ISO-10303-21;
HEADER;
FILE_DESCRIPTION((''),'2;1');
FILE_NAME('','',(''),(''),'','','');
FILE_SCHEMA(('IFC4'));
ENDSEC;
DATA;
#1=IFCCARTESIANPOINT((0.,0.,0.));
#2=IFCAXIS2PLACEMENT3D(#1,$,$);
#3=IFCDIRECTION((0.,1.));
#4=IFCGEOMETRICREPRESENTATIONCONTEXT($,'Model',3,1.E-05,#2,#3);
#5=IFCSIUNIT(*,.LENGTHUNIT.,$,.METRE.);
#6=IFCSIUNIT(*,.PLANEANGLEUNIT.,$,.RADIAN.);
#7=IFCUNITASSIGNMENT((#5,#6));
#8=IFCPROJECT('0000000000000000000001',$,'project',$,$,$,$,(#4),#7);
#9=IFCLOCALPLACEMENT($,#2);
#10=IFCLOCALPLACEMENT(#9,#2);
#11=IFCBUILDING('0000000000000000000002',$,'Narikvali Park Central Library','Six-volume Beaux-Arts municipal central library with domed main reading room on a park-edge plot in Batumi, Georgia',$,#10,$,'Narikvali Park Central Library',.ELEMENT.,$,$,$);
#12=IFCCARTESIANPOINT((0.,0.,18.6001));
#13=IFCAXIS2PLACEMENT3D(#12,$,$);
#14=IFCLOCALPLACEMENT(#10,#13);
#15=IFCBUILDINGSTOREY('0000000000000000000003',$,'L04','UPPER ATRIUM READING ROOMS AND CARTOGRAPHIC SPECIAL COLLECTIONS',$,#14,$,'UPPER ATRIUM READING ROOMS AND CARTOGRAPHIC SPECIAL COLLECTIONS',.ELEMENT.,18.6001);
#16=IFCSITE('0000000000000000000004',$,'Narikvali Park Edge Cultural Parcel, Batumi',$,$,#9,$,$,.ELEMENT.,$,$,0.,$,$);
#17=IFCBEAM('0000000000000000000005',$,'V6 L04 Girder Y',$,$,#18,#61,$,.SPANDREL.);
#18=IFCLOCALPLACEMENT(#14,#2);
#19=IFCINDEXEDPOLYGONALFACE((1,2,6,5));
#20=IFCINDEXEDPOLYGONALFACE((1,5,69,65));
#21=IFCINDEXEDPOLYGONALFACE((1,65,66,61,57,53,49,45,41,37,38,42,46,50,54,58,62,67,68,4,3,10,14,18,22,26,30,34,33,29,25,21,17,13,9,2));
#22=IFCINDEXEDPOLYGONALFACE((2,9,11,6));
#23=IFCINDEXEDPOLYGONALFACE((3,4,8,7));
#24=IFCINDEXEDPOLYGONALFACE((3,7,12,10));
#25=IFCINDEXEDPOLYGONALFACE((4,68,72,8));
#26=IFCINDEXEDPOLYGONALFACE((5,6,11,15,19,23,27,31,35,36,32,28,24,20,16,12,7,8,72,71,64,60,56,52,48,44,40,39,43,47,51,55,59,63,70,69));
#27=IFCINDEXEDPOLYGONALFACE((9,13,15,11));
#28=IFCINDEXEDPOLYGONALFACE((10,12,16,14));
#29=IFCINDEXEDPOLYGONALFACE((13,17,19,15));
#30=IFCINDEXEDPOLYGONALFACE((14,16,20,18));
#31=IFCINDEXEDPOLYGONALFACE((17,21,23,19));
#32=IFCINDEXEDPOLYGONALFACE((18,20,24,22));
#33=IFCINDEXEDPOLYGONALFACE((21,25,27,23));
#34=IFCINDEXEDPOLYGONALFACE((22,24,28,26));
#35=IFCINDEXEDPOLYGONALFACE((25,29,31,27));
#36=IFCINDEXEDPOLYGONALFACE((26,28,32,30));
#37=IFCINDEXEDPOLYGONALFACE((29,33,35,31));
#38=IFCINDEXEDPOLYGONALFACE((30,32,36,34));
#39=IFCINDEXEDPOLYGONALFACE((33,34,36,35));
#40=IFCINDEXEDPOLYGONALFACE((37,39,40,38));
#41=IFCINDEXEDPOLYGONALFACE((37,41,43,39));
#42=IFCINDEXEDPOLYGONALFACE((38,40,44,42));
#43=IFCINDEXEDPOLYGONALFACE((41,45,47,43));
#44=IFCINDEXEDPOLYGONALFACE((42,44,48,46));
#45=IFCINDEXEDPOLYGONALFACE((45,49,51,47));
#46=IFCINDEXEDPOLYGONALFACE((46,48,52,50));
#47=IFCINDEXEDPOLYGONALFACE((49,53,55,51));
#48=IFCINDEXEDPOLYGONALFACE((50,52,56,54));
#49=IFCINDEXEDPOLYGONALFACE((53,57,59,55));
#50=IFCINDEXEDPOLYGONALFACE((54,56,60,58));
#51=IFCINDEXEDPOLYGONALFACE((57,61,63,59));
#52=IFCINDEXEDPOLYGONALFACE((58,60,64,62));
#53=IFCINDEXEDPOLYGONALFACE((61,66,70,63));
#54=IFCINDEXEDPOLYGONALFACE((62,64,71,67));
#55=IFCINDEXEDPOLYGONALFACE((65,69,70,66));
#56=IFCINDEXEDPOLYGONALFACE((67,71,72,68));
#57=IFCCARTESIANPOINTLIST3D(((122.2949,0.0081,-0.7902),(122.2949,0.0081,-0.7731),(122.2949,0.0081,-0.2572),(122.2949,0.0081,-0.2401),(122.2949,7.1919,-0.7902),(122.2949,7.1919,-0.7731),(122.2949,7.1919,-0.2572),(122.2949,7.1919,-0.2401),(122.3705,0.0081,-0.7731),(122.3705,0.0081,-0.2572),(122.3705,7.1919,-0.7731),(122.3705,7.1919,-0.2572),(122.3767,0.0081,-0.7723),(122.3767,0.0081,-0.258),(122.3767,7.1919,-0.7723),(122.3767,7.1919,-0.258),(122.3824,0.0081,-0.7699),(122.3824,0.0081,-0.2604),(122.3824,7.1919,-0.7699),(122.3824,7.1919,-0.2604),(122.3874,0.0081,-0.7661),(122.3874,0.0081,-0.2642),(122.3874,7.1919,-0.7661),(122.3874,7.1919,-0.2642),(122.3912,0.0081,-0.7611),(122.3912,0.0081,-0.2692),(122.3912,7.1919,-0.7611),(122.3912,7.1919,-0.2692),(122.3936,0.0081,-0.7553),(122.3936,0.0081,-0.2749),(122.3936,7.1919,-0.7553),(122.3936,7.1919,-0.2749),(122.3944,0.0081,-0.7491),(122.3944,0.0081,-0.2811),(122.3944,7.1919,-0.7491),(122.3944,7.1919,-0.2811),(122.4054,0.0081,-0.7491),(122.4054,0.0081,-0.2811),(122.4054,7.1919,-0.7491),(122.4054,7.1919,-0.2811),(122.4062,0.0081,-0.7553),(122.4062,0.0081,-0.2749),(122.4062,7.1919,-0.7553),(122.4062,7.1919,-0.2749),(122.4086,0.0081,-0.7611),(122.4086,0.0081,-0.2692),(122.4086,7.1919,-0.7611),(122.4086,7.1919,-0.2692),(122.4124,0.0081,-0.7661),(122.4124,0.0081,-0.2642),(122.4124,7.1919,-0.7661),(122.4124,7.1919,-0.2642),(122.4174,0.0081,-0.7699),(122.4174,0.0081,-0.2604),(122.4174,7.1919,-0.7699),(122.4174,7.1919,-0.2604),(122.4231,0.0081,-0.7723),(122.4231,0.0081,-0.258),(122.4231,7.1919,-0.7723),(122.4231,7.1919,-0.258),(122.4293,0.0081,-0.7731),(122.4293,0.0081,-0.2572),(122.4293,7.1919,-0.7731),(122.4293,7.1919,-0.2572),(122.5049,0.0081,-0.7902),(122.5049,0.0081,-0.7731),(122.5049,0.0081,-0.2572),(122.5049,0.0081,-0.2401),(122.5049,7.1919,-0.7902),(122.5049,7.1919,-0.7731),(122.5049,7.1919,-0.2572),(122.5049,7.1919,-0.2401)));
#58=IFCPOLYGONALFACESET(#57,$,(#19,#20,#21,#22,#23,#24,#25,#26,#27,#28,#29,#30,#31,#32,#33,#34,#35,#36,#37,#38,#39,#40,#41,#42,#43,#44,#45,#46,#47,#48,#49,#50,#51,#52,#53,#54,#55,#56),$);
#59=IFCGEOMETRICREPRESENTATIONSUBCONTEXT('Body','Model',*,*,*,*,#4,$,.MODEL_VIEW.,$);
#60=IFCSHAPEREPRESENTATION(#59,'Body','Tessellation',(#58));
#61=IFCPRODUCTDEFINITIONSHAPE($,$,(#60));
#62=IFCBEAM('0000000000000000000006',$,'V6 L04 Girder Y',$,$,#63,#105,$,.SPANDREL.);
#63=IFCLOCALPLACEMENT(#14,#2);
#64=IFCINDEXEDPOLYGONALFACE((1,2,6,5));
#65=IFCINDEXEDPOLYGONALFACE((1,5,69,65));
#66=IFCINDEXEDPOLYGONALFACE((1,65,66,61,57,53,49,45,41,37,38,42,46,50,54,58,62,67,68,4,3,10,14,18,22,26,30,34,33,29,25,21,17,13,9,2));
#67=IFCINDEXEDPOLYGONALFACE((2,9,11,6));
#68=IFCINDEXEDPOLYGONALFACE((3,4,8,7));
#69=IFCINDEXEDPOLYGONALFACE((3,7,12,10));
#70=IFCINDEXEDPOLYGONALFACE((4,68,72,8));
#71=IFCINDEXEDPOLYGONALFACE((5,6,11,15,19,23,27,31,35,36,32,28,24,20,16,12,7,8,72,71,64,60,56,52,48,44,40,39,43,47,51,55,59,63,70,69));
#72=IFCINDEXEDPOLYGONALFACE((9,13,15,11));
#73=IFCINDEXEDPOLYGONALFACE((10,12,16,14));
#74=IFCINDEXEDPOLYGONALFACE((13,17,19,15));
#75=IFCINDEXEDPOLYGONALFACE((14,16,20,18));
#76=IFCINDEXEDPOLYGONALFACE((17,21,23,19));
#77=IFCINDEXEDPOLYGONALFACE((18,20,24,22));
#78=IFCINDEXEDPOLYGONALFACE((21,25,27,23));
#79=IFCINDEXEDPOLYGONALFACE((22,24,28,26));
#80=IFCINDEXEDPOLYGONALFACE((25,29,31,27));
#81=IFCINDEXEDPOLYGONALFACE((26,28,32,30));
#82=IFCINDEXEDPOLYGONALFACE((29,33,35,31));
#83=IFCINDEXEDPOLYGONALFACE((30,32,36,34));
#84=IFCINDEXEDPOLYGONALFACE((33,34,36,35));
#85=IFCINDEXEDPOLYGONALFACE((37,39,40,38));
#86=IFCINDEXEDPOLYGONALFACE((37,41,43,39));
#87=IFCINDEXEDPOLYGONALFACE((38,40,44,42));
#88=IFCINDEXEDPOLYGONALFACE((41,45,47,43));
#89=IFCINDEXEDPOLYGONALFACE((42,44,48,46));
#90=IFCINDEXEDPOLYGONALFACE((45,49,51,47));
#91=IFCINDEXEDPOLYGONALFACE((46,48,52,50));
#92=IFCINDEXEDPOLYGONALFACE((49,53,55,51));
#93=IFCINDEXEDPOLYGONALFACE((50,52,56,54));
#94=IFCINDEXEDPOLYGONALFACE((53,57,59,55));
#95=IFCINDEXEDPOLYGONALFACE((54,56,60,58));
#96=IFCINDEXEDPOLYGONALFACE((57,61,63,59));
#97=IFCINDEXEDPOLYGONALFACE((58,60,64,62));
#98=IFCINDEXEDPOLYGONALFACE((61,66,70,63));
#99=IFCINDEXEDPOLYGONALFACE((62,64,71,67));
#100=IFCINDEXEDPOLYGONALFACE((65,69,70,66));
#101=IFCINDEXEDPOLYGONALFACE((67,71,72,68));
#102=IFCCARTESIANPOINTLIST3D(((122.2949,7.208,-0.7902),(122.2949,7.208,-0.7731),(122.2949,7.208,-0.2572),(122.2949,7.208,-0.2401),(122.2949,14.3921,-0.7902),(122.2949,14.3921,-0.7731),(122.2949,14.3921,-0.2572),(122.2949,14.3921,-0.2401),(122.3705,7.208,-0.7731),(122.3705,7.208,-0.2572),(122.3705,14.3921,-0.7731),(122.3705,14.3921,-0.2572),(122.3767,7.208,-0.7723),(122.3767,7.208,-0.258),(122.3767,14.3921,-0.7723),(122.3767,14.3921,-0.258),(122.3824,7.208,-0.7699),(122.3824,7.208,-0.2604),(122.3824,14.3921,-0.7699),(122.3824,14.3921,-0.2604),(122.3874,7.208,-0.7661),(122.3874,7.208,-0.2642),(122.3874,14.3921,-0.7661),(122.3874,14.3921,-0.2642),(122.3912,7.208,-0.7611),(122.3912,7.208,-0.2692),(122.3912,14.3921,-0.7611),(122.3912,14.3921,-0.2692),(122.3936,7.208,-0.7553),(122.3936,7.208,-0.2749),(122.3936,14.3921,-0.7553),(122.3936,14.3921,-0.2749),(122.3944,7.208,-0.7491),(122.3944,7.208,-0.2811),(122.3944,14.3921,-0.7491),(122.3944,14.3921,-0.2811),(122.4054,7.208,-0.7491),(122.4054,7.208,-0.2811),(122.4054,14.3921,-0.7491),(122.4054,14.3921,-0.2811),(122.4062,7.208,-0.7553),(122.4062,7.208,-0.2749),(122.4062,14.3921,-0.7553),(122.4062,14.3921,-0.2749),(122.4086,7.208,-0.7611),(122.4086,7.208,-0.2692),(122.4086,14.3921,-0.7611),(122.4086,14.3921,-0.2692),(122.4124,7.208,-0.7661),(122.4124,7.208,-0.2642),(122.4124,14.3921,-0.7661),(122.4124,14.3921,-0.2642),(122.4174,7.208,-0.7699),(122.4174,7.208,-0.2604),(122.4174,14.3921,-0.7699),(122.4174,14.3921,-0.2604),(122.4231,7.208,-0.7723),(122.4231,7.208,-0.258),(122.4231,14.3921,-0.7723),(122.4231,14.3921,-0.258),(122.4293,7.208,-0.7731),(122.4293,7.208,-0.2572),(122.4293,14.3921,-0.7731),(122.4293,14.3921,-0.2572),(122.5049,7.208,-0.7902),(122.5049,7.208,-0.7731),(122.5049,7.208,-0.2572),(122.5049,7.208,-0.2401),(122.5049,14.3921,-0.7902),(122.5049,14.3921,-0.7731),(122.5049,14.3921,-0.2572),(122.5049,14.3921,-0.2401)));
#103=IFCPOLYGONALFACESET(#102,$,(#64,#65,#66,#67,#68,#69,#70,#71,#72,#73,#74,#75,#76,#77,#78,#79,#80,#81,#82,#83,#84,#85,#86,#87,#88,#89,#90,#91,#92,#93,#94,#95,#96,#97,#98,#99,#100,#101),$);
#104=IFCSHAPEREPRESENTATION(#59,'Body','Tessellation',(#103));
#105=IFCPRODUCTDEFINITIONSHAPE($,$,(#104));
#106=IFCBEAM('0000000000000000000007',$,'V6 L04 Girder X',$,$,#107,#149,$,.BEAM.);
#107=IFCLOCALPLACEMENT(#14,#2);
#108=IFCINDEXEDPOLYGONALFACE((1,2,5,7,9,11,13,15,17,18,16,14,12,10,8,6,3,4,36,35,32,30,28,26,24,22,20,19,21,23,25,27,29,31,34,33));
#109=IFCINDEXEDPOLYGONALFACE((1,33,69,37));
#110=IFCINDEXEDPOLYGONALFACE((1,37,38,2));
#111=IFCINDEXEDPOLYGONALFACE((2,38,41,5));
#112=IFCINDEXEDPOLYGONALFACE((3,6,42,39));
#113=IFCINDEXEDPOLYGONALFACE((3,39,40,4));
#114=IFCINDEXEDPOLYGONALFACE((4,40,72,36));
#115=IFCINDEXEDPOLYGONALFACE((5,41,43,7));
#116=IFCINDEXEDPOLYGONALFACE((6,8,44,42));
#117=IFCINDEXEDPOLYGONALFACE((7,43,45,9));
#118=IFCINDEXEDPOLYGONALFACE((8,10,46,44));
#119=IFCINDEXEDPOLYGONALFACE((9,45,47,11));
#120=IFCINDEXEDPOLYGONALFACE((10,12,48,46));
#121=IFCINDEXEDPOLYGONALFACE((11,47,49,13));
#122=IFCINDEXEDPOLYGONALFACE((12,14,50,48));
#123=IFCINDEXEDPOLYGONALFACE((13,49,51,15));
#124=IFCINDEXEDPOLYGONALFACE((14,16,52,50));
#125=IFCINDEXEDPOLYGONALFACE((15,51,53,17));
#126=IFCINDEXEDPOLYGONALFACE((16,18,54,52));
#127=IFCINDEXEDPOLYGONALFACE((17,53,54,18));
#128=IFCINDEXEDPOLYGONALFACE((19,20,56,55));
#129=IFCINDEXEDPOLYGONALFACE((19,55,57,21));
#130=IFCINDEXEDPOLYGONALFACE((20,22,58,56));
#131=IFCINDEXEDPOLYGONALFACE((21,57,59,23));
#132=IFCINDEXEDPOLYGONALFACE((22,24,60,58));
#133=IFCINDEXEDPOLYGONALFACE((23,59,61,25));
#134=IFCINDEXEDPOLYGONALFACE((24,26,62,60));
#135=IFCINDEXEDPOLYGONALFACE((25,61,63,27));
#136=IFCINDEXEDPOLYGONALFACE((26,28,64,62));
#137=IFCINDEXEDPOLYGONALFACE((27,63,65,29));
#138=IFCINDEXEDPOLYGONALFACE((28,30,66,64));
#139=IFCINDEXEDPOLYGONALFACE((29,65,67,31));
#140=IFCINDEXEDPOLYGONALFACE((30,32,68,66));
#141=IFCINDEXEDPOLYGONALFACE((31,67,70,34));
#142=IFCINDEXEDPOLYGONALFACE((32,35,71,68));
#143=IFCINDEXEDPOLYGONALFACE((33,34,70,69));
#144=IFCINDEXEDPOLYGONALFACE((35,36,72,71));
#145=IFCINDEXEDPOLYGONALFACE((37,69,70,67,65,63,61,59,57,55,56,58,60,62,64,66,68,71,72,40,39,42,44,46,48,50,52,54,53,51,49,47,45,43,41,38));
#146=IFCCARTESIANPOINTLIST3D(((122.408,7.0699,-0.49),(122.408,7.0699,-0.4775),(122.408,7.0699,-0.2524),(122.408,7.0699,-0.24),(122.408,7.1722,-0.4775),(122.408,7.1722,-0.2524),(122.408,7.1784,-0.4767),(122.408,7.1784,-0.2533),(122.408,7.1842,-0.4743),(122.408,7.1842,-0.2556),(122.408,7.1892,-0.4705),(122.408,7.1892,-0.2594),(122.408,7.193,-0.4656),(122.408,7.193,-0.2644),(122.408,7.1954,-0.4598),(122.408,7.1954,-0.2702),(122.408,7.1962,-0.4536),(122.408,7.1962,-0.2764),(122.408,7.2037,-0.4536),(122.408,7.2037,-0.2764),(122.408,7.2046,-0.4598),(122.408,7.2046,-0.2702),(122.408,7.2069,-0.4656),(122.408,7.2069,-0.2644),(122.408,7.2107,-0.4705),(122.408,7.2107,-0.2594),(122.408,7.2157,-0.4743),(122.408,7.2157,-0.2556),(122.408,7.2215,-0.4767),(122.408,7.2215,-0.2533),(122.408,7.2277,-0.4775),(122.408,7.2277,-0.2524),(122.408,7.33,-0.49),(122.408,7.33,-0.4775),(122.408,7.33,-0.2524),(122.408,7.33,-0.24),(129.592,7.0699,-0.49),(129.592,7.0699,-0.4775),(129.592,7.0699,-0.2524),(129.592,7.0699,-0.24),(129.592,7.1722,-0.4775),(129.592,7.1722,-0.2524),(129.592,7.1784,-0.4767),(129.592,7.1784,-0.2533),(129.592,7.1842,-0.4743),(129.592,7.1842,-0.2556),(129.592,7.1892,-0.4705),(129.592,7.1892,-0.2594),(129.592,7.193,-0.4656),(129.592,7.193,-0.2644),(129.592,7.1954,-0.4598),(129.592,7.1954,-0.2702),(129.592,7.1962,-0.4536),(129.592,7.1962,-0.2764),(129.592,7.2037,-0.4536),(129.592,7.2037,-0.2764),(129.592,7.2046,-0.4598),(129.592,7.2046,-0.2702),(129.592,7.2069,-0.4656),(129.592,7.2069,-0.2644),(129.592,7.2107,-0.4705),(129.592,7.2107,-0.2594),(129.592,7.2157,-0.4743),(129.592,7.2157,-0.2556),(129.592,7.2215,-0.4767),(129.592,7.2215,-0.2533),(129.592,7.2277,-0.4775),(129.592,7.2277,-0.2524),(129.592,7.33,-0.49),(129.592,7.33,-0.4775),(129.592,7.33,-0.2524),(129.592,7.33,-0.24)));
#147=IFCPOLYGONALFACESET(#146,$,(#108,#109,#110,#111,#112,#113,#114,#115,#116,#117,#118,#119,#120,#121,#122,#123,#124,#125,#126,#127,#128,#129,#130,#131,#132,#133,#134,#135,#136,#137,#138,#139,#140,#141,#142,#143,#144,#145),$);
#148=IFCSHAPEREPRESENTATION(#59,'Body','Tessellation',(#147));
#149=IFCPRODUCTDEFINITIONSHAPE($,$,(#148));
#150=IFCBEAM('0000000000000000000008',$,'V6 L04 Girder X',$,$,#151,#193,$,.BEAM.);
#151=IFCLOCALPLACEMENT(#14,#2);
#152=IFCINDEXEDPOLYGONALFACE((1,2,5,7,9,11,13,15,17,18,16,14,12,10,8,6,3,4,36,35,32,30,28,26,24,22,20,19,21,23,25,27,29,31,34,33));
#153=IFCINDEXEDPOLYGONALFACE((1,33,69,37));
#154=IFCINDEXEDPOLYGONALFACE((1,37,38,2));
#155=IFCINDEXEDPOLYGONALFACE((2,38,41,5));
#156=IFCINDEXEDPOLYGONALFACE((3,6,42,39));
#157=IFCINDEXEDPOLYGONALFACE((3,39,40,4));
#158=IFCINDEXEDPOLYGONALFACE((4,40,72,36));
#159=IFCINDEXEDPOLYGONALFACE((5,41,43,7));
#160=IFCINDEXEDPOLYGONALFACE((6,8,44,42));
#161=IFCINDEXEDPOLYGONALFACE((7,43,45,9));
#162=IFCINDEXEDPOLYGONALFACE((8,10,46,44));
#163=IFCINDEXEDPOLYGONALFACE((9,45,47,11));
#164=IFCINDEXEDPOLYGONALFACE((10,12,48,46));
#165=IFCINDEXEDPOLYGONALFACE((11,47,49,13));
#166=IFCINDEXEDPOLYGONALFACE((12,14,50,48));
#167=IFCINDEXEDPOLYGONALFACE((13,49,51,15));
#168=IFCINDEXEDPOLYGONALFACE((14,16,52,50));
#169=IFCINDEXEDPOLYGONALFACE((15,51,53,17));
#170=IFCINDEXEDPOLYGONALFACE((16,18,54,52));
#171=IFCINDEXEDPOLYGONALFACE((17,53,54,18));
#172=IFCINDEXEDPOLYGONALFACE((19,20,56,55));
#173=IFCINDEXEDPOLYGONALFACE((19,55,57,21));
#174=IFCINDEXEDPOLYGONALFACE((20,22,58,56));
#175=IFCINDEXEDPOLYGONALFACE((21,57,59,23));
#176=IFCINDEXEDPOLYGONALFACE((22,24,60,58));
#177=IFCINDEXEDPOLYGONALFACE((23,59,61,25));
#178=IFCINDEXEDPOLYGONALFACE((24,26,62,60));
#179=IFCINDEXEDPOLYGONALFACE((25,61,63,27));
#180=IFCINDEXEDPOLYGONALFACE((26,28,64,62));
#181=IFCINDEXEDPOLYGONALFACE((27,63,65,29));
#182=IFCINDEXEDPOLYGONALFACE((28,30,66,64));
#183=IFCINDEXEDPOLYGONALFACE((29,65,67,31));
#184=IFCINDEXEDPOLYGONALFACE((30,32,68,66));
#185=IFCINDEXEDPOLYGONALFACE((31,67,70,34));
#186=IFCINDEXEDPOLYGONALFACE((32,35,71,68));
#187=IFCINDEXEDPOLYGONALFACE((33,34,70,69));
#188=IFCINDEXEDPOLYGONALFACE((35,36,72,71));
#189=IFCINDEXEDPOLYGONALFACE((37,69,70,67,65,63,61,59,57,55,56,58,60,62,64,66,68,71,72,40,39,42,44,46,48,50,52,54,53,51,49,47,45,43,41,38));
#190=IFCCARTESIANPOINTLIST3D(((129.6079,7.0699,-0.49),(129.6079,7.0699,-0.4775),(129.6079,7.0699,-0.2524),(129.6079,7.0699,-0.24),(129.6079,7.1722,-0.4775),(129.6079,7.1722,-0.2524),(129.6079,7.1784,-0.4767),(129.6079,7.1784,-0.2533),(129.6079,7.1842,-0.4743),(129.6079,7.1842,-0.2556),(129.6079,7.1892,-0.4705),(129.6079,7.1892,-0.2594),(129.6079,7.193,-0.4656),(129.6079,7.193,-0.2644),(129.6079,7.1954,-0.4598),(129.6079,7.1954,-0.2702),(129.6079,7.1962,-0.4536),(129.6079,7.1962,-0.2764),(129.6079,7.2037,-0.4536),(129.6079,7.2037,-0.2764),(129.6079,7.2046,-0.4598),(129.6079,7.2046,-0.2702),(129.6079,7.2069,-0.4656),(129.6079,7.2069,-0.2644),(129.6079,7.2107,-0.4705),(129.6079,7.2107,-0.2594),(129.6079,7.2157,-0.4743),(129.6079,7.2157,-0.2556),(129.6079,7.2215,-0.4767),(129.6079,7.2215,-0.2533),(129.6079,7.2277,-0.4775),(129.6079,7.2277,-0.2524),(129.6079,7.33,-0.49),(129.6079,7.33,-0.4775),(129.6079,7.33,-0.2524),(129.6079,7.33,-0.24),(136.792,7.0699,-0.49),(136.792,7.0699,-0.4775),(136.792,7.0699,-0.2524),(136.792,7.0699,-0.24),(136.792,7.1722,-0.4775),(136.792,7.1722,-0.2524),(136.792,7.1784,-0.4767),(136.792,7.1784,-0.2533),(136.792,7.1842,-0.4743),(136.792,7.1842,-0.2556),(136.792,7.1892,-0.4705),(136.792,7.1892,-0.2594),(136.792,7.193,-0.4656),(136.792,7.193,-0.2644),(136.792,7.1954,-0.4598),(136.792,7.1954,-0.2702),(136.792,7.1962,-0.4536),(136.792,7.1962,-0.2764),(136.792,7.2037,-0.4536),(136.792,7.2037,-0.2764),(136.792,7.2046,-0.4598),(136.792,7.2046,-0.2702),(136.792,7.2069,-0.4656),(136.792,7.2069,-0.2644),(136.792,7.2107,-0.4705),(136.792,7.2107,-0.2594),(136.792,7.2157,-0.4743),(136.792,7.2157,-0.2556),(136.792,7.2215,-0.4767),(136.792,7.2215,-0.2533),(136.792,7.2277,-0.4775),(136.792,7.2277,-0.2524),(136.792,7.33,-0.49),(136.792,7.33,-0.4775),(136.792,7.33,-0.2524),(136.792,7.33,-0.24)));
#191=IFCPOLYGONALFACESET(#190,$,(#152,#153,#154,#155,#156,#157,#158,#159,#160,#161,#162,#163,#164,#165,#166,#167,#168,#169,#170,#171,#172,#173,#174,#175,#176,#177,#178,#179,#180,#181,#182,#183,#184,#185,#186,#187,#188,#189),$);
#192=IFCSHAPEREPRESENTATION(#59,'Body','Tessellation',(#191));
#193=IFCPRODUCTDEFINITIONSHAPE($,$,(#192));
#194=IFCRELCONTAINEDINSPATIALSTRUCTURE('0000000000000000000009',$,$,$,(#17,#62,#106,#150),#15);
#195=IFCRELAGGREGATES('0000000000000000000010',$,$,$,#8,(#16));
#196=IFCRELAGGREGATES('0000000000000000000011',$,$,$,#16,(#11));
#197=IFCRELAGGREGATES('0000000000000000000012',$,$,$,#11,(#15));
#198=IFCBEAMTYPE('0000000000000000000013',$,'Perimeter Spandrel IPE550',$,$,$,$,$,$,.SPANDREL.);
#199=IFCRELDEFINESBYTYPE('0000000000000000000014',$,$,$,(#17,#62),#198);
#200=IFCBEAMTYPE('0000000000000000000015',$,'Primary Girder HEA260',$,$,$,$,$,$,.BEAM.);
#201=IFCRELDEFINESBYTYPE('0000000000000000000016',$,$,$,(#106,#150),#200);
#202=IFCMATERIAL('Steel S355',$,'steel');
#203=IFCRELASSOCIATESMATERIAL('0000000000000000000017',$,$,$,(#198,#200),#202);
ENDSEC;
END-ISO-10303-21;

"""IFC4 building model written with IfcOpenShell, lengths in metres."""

from ifc_helpers import new_model, si_unit, direction, frame, origin, origin_2d, place, context, subcontext, project, spatial, i_section, extrude, material, material_profile, profile_set, type_object, element, save


model = new_model("IFC4")

# Units and contexts
model_context = context("Model", 3, precision=1e-05, world=origin(), true_north=direction((0.0, 1.0)))
body_context = subcontext(model_context, "Body", "Model", "MODEL_VIEW")
ifc_project = project(units=[si_unit("LENGTHUNIT", "METRE"), si_unit("PLANEANGLEUNIT", "RADIAN")], contexts=[model_context])

# Site, building, storey
site_placement = place(None, origin())
site = spatial("IfcSite", under=ifc_project, at=site_placement, Name="Narikvali Park Edge Cultural Parcel, Batumi", CompositionType="ELEMENT", RefElevation=0.0)
building_placement = place(site_placement, origin())
building = spatial("IfcBuilding", under=site, at=building_placement, Name="Narikvali Park Central Library", Description="Six-volume Beaux-Arts municipal central library with domed main reading room on a park-edge plot in Batumi, Georgia", LongName="Narikvali Park Central Library", CompositionType="ELEMENT")
storey_placement = place(building_placement, frame((0.0, 0.0, 18.6001)))
storey = spatial("IfcBuildingStorey", under=building, at=storey_placement, Name="L04", Description="UPPER ATRIUM READING ROOMS AND CARTOGRAPHIC SPECIAL COLLECTIONS", LongName="UPPER ATRIUM READING ROOMS AND CARTOGRAPHIC SPECIAL COLLECTIONS", CompositionType="ELEMENT", Elevation=18.6001)

# Shared definitions
ifc_material_1 = material(Name="Steel S355", Category="steel")

# Beams
ifc_material_profile_1 = material_profile(ifc_material_1, i_section(OverallWidth=0.21, OverallDepth=0.55, WebThickness=0.011, FlangeThickness=0.0171, FilletRadius=0.0239, at=origin_2d()), Name="IPE 550")
ifc_profile_set_1 = profile_set([ifc_material_profile_1], Name="Steel S355")
beam_type_1 = type_object("IfcBeamType", Name="Perimeter Spandrel IPE550", PredefinedType="SPANDREL", material=ifc_profile_set_1)
beam_1_placement = place(storey_placement, frame((122.3999, 0.0081, -0.5151), z_axis=(0.0, 1.0, 0.0), x_axis=(-1.0, 0.0, 0.0)))
element("IfcBeam", 1, at=beam_1_placement, inside=storey, type_object=beam_type_1, Name="V6 L04 Girder Y", PredefinedType="SPANDREL", context=body_context, shape_type="SweptSolid", body=[
    extrude(i_section(OverallWidth=0.21, OverallDepth=0.55, WebThickness=0.011, FlangeThickness=0.0171, FilletRadius=0.0239, at=origin_2d()), origin(), (0.0, 0.0, 1.0), 7.1838),
])
beam_2_placement = place(storey_placement, frame((122.3999, 7.208, -0.5151), z_axis=(0.0, 1.0, 0.0), x_axis=(-1.0, 0.0, 0.0)))
element("IfcBeam", 2, at=beam_2_placement, inside=storey, type_object=beam_type_1, Name="V6 L04 Girder Y", PredefinedType="SPANDREL", context=body_context, shape_type="SweptSolid", body=[
    extrude(i_section(OverallWidth=0.21, OverallDepth=0.55, WebThickness=0.011, FlangeThickness=0.0171, FilletRadius=0.0239, at=origin_2d()), origin(), (0.0, 0.0, 1.0), 7.1841),
])
ifc_material_profile_2 = material_profile(ifc_material_1, i_section(OverallWidth=0.26, OverallDepth=0.25, WebThickness=0.0076, FlangeThickness=0.0125, FilletRadius=0.0239, at=origin_2d()), Name="HEA 260")
ifc_profile_set_2 = profile_set([ifc_material_profile_2], Name="Steel S355")
beam_type_2 = type_object("IfcBeamType", Name="Primary Girder HEA260", PredefinedType="BEAM", material=ifc_profile_set_2)
for number, where, z_axis, x_axis, name in (
    (3, (122.408, 7.2, -0.365), (1.0, 0.0, 0.0), (0.0, 1.0, 0.0), "V6 L04 Girder X"),
    (4, (129.6079, 7.2, -0.365), (1.0, 0.0, 0.0), (0.0, 1.0, 0.0), "V6 L04 Girder X"),
):
    element("IfcBeam", number, at=place(storey_placement, frame(where, z_axis=z_axis, x_axis=x_axis)), inside=storey, type_object=beam_type_2, Name=name, PredefinedType="BEAM", context=body_context, shape_type="SweptSolid", body=[
        extrude(i_section(OverallWidth=0.26, OverallDepth=0.25, WebThickness=0.0076, FlangeThickness=0.0125, FilletRadius=0.0239, at=origin_2d()), origin(), (0.0, 0.0, 1.0), 7.1841),
    ])

save(model, "model.ifc")
